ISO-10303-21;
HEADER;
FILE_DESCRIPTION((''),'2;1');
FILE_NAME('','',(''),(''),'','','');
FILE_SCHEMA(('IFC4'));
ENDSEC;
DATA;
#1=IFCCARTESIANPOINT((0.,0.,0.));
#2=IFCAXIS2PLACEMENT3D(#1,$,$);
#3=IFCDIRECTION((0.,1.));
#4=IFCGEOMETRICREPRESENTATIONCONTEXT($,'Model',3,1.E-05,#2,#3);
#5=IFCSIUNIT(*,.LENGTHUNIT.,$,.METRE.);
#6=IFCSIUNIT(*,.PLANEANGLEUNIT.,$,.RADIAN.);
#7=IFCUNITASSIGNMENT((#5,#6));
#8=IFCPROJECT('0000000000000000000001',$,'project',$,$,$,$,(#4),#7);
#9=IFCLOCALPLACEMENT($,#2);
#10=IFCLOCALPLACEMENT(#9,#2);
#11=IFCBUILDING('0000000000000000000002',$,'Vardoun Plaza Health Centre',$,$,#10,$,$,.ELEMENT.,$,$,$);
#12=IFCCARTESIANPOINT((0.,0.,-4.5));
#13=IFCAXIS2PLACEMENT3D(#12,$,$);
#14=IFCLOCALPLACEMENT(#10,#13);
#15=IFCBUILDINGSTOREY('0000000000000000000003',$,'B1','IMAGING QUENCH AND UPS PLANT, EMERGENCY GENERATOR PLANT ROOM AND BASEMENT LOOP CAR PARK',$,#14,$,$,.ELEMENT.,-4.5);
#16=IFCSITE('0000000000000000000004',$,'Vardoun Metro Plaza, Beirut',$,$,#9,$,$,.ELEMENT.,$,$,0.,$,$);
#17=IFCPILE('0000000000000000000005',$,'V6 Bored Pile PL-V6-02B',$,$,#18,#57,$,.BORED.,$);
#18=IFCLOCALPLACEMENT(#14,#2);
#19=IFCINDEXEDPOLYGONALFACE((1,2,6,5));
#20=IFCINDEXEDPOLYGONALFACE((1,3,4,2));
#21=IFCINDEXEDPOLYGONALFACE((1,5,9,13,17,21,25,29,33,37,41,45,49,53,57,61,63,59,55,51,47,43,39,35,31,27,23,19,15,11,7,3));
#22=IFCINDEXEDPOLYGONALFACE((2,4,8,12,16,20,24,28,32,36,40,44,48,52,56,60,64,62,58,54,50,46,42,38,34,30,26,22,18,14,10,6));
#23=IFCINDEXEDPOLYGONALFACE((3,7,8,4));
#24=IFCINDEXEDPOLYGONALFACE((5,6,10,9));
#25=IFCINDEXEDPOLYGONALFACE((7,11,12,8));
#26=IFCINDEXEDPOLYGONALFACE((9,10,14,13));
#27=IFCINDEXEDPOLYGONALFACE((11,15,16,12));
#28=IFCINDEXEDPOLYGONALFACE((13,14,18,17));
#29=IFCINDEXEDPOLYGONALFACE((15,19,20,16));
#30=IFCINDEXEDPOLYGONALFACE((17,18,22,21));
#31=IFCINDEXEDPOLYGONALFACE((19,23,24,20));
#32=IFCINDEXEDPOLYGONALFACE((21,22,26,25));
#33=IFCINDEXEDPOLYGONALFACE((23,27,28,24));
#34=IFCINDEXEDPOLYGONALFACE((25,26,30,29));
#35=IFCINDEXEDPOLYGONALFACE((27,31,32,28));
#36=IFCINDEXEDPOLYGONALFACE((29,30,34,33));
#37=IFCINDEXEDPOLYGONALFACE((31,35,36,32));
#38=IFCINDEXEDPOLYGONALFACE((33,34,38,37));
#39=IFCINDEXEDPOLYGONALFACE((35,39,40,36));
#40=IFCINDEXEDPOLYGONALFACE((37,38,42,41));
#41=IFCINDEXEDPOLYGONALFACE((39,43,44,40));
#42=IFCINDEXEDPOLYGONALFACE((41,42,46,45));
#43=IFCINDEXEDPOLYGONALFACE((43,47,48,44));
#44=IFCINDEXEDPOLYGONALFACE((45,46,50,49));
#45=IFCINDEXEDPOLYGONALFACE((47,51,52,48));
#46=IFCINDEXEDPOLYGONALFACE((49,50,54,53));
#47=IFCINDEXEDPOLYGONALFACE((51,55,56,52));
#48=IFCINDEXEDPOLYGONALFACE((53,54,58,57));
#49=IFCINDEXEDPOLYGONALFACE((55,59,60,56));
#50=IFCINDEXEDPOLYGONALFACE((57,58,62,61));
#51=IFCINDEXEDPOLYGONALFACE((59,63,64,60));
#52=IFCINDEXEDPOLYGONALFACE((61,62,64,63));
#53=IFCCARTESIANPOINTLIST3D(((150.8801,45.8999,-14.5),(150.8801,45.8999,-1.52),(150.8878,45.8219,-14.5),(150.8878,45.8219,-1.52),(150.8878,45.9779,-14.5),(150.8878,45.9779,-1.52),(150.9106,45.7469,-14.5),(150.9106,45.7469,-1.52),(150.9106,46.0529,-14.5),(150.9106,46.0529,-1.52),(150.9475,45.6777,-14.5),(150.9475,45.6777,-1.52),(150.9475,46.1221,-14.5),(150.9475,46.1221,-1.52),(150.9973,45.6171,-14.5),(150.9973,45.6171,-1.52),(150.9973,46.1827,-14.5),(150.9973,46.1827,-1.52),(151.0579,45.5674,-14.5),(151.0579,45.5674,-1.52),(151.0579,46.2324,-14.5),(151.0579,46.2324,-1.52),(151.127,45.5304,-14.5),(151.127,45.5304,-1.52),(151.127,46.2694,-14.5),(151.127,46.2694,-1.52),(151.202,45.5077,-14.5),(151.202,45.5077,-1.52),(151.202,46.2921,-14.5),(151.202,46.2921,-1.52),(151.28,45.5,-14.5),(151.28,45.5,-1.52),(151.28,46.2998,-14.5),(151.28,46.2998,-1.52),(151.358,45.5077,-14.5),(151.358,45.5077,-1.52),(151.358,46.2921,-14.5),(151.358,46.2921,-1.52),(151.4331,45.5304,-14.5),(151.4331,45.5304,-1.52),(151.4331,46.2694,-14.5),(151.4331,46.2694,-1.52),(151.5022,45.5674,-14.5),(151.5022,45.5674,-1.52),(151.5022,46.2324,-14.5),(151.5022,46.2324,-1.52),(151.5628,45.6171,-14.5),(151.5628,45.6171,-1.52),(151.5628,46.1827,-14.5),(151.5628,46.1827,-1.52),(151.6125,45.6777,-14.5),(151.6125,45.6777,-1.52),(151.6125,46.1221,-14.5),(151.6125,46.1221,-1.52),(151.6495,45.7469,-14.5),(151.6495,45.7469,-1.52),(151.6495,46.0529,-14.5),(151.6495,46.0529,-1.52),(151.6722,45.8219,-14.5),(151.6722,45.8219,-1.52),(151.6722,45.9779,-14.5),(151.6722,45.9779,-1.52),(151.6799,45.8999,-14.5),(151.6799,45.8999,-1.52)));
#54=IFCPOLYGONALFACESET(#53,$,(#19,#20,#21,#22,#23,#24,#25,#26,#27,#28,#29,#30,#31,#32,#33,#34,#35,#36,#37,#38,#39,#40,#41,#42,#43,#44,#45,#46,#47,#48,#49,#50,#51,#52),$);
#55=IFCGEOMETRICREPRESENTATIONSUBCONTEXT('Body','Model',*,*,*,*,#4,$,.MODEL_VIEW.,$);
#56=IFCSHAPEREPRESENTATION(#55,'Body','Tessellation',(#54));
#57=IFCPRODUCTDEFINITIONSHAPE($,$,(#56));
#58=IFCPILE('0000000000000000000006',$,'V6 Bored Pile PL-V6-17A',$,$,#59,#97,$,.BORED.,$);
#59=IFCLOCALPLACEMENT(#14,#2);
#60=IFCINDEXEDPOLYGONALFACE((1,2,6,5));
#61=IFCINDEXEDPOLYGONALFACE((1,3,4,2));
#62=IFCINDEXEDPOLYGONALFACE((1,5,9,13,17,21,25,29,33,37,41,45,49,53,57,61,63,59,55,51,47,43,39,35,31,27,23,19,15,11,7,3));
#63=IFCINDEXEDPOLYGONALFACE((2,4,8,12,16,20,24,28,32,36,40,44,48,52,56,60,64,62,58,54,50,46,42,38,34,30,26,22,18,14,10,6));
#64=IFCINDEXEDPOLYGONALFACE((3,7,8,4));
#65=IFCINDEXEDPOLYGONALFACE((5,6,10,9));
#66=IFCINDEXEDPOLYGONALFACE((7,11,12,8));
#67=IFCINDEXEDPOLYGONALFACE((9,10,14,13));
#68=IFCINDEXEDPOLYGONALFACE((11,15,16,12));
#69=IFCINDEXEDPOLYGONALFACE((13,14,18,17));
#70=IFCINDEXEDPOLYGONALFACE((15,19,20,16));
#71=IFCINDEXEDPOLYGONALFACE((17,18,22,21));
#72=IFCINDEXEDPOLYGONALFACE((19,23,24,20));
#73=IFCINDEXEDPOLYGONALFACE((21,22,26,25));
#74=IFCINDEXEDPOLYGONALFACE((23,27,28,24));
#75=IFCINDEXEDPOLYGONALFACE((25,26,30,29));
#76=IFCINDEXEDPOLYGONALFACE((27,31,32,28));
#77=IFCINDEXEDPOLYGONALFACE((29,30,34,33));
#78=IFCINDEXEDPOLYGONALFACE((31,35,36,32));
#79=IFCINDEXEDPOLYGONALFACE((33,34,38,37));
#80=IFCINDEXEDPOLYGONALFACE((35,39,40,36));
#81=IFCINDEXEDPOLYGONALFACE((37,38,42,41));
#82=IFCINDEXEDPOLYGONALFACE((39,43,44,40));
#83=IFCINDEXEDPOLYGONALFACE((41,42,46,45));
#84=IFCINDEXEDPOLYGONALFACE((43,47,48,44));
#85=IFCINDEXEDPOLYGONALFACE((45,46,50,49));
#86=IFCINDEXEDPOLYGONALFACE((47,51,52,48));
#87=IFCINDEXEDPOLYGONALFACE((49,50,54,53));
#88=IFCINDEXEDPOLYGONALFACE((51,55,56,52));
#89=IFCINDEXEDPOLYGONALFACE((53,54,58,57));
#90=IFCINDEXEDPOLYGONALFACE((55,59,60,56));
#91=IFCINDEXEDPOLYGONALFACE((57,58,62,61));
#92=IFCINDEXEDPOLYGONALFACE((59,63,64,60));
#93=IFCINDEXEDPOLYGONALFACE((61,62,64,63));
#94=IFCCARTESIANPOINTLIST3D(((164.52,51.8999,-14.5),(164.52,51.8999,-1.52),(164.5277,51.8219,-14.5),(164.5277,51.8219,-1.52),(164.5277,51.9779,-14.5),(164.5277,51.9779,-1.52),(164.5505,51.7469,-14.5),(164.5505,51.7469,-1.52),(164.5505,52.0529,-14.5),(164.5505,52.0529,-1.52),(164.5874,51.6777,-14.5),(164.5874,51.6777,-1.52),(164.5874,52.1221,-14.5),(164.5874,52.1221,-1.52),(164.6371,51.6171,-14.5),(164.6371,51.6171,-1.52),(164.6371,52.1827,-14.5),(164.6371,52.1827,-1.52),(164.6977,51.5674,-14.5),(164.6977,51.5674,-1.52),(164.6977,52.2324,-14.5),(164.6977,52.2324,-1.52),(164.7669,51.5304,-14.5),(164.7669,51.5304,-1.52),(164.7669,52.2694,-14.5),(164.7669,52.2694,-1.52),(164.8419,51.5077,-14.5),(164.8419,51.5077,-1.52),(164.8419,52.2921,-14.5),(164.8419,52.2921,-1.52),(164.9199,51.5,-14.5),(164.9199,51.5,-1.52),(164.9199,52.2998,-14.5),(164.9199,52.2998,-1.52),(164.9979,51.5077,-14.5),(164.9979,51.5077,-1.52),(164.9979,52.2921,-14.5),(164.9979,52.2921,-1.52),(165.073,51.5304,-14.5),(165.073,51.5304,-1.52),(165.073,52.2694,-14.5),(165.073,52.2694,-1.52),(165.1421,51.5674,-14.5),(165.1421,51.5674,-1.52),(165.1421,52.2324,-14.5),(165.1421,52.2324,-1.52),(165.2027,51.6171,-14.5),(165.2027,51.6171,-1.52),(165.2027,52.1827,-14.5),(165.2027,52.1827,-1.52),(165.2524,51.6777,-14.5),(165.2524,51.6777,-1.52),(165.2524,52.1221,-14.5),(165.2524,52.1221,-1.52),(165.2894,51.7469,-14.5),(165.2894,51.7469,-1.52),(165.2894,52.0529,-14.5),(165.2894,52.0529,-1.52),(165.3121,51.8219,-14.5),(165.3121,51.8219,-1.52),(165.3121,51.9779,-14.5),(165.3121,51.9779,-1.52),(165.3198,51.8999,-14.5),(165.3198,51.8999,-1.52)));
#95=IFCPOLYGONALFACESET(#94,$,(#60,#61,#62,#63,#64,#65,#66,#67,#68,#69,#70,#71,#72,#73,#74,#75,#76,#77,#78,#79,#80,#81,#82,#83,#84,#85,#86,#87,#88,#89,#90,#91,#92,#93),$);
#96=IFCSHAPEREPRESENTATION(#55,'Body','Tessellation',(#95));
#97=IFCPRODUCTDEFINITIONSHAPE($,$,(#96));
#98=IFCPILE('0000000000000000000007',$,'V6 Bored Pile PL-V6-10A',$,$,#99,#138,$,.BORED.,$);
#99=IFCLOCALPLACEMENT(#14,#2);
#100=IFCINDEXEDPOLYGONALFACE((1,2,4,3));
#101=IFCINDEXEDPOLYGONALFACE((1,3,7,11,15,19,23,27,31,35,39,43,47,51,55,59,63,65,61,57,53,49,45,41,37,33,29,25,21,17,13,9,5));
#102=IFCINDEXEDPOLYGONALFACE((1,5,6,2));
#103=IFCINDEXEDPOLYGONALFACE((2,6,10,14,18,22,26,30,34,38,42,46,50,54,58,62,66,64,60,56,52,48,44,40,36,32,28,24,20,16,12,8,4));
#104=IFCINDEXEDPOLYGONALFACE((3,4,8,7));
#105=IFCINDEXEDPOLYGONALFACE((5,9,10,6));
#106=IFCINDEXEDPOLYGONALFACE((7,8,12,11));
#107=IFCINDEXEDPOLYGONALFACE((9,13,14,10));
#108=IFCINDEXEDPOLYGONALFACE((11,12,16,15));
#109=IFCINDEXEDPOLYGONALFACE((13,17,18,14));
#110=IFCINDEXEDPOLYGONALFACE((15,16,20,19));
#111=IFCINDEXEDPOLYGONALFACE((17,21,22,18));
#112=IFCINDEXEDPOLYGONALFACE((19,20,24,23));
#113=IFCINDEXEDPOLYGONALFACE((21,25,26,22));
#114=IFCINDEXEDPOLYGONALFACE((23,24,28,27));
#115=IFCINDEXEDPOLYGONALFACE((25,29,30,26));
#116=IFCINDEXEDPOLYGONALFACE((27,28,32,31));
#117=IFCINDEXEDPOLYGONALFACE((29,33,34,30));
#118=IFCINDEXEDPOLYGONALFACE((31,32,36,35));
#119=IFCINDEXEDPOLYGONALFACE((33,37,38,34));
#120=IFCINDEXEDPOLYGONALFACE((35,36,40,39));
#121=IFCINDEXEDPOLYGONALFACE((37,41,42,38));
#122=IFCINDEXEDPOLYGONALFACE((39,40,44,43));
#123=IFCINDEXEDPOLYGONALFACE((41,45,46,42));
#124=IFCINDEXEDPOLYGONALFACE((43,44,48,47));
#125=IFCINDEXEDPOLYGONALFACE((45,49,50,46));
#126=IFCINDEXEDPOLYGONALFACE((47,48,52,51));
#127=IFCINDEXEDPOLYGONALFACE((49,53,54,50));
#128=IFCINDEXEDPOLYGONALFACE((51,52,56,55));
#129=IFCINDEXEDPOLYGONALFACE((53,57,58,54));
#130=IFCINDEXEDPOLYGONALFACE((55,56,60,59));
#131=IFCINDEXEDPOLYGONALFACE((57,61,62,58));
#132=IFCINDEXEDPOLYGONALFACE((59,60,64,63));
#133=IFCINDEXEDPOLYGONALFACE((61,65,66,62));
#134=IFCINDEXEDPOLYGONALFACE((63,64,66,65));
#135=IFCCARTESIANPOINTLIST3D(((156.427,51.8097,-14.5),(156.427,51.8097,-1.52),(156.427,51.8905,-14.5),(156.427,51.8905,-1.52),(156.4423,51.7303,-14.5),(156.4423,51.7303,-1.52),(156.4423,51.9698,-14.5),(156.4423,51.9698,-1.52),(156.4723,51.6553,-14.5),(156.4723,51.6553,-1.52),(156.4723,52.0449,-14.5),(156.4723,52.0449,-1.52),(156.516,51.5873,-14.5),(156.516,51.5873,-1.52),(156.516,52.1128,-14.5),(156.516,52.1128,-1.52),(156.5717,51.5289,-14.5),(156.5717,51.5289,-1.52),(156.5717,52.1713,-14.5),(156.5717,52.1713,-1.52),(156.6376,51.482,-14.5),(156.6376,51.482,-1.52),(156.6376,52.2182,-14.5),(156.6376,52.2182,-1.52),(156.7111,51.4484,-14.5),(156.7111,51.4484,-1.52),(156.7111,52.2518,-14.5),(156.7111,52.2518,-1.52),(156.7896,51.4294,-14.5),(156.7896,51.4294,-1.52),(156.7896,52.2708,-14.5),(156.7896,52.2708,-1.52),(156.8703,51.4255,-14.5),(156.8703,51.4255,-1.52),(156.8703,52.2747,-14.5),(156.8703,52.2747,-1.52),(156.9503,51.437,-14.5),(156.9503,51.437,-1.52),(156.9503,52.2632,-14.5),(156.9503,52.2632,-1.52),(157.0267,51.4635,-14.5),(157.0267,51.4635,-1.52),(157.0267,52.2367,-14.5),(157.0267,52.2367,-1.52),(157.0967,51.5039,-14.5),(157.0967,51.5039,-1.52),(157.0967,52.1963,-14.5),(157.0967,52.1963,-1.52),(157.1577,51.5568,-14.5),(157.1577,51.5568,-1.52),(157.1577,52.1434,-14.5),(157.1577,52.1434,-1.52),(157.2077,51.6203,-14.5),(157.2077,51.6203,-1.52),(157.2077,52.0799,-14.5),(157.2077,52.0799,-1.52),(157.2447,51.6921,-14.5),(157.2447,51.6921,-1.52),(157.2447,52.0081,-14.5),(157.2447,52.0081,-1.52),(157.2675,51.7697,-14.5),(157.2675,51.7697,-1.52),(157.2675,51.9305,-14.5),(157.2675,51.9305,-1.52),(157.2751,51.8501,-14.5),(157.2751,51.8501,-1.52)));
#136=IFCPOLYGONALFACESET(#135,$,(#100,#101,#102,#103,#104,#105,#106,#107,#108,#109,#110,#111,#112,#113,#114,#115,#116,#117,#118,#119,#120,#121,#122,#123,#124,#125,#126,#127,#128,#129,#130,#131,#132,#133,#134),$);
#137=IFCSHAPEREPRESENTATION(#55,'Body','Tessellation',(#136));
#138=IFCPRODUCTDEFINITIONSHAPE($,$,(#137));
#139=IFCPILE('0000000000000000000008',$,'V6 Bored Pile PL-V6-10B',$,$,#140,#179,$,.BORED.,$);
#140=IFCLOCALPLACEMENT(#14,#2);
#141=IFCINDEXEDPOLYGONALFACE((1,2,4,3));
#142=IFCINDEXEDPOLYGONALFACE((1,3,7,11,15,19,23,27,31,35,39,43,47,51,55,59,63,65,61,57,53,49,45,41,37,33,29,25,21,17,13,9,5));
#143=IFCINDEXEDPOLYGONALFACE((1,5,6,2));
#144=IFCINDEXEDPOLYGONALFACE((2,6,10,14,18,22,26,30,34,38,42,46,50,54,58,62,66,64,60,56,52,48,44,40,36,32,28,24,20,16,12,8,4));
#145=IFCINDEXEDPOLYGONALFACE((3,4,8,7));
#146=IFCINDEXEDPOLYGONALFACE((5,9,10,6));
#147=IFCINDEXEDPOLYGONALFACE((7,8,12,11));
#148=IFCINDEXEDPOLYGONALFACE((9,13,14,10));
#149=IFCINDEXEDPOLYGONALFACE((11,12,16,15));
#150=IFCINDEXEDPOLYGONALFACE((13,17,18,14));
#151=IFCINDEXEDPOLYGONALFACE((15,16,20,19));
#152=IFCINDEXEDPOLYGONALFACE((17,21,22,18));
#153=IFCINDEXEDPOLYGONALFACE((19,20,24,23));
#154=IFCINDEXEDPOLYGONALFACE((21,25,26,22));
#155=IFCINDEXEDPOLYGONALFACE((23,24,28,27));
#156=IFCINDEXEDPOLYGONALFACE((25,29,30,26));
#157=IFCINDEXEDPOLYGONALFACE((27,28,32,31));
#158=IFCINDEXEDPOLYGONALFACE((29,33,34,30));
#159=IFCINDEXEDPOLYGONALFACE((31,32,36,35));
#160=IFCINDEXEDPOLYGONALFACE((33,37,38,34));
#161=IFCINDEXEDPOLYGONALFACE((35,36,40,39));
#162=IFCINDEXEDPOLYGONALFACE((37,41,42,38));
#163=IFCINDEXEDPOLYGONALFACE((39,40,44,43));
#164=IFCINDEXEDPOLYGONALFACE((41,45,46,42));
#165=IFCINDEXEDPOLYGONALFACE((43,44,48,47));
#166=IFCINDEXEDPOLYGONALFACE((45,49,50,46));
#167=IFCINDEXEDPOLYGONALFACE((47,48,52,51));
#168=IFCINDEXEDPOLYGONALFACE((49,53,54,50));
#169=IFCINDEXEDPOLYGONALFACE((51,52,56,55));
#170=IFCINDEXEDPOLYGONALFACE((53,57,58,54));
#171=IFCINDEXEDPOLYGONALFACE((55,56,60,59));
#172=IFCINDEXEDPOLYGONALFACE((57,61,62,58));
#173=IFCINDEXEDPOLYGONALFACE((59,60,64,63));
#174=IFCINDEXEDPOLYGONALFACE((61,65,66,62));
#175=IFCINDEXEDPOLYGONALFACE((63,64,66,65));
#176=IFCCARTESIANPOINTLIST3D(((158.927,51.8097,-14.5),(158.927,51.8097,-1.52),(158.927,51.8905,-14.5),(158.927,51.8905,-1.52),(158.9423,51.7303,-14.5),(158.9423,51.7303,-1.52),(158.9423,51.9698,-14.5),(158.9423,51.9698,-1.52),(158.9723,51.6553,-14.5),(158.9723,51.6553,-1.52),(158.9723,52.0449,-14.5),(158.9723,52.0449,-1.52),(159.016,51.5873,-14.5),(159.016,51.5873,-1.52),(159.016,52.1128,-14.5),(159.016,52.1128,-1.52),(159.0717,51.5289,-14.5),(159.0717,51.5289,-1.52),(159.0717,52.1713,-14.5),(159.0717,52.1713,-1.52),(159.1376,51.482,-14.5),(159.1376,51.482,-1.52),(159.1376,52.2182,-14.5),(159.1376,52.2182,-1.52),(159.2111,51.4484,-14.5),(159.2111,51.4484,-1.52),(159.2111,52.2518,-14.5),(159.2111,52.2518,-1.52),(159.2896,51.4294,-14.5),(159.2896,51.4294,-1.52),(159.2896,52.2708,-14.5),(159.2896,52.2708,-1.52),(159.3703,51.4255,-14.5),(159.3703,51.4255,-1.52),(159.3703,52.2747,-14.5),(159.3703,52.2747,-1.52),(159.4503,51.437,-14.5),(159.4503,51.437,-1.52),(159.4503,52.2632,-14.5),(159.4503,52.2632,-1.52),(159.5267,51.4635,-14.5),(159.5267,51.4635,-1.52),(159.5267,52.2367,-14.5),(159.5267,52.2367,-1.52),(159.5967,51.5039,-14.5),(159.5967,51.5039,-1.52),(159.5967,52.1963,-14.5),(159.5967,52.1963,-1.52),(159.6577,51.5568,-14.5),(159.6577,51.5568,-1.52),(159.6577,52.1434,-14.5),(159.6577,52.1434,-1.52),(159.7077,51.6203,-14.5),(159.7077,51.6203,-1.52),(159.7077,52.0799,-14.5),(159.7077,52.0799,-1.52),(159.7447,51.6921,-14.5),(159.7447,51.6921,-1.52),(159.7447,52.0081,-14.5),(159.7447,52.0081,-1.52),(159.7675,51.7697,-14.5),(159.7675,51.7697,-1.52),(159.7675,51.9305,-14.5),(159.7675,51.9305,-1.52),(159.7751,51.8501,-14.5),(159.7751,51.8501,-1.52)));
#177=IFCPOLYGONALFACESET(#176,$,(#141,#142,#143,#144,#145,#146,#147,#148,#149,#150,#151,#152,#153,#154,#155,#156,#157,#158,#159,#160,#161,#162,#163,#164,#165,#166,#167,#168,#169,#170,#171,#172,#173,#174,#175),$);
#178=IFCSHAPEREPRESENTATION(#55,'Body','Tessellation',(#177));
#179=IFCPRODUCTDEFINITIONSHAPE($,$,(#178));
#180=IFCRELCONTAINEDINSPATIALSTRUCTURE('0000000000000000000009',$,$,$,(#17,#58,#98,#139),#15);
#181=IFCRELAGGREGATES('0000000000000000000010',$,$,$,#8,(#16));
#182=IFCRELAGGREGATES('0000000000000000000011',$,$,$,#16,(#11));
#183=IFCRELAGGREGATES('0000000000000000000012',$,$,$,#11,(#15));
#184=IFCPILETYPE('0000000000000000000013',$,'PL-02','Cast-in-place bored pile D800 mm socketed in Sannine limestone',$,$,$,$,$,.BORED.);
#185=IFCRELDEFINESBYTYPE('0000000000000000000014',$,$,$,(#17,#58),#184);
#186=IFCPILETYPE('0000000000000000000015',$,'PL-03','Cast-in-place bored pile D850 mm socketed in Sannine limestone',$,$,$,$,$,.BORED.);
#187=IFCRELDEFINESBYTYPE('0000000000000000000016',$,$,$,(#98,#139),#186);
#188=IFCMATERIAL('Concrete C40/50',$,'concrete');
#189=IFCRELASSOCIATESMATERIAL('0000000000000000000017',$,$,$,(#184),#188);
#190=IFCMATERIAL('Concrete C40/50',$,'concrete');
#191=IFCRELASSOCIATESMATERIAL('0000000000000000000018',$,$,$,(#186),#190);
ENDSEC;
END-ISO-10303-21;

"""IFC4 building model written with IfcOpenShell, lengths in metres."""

from ifc_helpers import new_model, si_unit, direction, frame, origin, origin_2d, place, context, subcontext, project, spatial, circle, extrude, material, material_profile, profile_set, type_object, element, save


model = new_model("IFC4")

# Units and contexts
model_context = context("Model", 3, precision=1e-05, world=origin(), true_north=direction((0.0, 1.0)))
body_context = subcontext(model_context, "Body", "Model", "MODEL_VIEW")
ifc_project = project(units=[si_unit("LENGTHUNIT", "METRE"), si_unit("PLANEANGLEUNIT", "RADIAN")], contexts=[model_context])

# Site, building, storey
site_placement = place(None, origin())
site = spatial("IfcSite", under=ifc_project, at=site_placement, Name="Vardoun Metro Plaza, Beirut", CompositionType="ELEMENT", RefElevation=0.0)
building_placement = place(site_placement, origin())
building = spatial("IfcBuilding", under=site, at=building_placement, Name="Vardoun Plaza Health Centre", CompositionType="ELEMENT")
storey_placement = place(building_placement, frame((0.0, 0.0, -4.5)))
storey = spatial("IfcBuildingStorey", under=building, at=storey_placement, Name="B1", Description="IMAGING QUENCH AND UPS PLANT, EMERGENCY GENERATOR PLANT ROOM AND BASEMENT LOOP CAR PARK", CompositionType="ELEMENT", Elevation=-4.5)

# Piles
ifc_material_1 = material(Name="Concrete C40/50", Category="concrete")
ifc_material_profile_1 = material_profile(ifc_material_1, circle(Radius=0.3999, at=origin_2d()), Name="PILE D800")
ifc_profile_set_1 = profile_set([ifc_material_profile_1], Name="Concrete C40/50")
pile_type_1 = type_object("IfcPileType", Name="PL-02", Description="Cast-in-place bored pile D800 mm socketed in Sannine limestone", PredefinedType="BORED", material=ifc_profile_set_1)
for number, where, z_axis, x_axis, name in (
    (1, (151.28, 45.8999, -1.52), (0.0, 0.0, -1.0), (1.0, 0.0, 0.0), "V6 Bored Pile PL-V6-02B"),
    (2, (164.9199, 51.8999, -1.52), (0.0, 0.0, -1.0), (1.0, 0.0, 0.0), "V6 Bored Pile PL-V6-17A"),
):
    element("IfcPile", number, at=place(storey_placement, frame(where, z_axis=z_axis, x_axis=x_axis)), inside=storey, type_object=pile_type_1, Name=name, PredefinedType="BORED", context=body_context, shape_type="SweptSolid", body=[
        extrude(circle(Radius=0.3999, at=origin_2d()), origin(), (0.0, 0.0, 1.0), 12.98),
    ])
ifc_material_2 = material(Name="Concrete C40/50", Category="concrete")
ifc_material_profile_2 = material_profile(ifc_material_2, circle(Radius=0.425, at=origin_2d()), Name="PILE D850")
ifc_profile_set_2 = profile_set([ifc_material_profile_2], Name="Concrete C40/50")
pile_type_2 = type_object("IfcPileType", Name="PL-03", Description="Cast-in-place bored pile D850 mm socketed in Sannine limestone", PredefinedType="BORED", material=ifc_profile_set_2)
for number, where, z_axis, x_axis, name in (
    (3, (156.8501, 51.8501, -1.52), (0.0, 0.0, -1.0), (1.0, 0.0, 0.0), "V6 Bored Pile PL-V6-10A"),
    (4, (159.3501, 51.8501, -1.52), (0.0, 0.0, -1.0), (1.0, 0.0, 0.0), "V6 Bored Pile PL-V6-10B"),
):
    element("IfcPile", number, at=place(storey_placement, frame(where, z_axis=z_axis, x_axis=x_axis)), inside=storey, type_object=pile_type_2, Name=name, PredefinedType="BORED", context=body_context, shape_type="SweptSolid", body=[
        extrude(circle(Radius=0.425, at=origin_2d()), origin(), (0.0, 0.0, 1.0), 12.98),
    ])

save(model, "model.ifc")
